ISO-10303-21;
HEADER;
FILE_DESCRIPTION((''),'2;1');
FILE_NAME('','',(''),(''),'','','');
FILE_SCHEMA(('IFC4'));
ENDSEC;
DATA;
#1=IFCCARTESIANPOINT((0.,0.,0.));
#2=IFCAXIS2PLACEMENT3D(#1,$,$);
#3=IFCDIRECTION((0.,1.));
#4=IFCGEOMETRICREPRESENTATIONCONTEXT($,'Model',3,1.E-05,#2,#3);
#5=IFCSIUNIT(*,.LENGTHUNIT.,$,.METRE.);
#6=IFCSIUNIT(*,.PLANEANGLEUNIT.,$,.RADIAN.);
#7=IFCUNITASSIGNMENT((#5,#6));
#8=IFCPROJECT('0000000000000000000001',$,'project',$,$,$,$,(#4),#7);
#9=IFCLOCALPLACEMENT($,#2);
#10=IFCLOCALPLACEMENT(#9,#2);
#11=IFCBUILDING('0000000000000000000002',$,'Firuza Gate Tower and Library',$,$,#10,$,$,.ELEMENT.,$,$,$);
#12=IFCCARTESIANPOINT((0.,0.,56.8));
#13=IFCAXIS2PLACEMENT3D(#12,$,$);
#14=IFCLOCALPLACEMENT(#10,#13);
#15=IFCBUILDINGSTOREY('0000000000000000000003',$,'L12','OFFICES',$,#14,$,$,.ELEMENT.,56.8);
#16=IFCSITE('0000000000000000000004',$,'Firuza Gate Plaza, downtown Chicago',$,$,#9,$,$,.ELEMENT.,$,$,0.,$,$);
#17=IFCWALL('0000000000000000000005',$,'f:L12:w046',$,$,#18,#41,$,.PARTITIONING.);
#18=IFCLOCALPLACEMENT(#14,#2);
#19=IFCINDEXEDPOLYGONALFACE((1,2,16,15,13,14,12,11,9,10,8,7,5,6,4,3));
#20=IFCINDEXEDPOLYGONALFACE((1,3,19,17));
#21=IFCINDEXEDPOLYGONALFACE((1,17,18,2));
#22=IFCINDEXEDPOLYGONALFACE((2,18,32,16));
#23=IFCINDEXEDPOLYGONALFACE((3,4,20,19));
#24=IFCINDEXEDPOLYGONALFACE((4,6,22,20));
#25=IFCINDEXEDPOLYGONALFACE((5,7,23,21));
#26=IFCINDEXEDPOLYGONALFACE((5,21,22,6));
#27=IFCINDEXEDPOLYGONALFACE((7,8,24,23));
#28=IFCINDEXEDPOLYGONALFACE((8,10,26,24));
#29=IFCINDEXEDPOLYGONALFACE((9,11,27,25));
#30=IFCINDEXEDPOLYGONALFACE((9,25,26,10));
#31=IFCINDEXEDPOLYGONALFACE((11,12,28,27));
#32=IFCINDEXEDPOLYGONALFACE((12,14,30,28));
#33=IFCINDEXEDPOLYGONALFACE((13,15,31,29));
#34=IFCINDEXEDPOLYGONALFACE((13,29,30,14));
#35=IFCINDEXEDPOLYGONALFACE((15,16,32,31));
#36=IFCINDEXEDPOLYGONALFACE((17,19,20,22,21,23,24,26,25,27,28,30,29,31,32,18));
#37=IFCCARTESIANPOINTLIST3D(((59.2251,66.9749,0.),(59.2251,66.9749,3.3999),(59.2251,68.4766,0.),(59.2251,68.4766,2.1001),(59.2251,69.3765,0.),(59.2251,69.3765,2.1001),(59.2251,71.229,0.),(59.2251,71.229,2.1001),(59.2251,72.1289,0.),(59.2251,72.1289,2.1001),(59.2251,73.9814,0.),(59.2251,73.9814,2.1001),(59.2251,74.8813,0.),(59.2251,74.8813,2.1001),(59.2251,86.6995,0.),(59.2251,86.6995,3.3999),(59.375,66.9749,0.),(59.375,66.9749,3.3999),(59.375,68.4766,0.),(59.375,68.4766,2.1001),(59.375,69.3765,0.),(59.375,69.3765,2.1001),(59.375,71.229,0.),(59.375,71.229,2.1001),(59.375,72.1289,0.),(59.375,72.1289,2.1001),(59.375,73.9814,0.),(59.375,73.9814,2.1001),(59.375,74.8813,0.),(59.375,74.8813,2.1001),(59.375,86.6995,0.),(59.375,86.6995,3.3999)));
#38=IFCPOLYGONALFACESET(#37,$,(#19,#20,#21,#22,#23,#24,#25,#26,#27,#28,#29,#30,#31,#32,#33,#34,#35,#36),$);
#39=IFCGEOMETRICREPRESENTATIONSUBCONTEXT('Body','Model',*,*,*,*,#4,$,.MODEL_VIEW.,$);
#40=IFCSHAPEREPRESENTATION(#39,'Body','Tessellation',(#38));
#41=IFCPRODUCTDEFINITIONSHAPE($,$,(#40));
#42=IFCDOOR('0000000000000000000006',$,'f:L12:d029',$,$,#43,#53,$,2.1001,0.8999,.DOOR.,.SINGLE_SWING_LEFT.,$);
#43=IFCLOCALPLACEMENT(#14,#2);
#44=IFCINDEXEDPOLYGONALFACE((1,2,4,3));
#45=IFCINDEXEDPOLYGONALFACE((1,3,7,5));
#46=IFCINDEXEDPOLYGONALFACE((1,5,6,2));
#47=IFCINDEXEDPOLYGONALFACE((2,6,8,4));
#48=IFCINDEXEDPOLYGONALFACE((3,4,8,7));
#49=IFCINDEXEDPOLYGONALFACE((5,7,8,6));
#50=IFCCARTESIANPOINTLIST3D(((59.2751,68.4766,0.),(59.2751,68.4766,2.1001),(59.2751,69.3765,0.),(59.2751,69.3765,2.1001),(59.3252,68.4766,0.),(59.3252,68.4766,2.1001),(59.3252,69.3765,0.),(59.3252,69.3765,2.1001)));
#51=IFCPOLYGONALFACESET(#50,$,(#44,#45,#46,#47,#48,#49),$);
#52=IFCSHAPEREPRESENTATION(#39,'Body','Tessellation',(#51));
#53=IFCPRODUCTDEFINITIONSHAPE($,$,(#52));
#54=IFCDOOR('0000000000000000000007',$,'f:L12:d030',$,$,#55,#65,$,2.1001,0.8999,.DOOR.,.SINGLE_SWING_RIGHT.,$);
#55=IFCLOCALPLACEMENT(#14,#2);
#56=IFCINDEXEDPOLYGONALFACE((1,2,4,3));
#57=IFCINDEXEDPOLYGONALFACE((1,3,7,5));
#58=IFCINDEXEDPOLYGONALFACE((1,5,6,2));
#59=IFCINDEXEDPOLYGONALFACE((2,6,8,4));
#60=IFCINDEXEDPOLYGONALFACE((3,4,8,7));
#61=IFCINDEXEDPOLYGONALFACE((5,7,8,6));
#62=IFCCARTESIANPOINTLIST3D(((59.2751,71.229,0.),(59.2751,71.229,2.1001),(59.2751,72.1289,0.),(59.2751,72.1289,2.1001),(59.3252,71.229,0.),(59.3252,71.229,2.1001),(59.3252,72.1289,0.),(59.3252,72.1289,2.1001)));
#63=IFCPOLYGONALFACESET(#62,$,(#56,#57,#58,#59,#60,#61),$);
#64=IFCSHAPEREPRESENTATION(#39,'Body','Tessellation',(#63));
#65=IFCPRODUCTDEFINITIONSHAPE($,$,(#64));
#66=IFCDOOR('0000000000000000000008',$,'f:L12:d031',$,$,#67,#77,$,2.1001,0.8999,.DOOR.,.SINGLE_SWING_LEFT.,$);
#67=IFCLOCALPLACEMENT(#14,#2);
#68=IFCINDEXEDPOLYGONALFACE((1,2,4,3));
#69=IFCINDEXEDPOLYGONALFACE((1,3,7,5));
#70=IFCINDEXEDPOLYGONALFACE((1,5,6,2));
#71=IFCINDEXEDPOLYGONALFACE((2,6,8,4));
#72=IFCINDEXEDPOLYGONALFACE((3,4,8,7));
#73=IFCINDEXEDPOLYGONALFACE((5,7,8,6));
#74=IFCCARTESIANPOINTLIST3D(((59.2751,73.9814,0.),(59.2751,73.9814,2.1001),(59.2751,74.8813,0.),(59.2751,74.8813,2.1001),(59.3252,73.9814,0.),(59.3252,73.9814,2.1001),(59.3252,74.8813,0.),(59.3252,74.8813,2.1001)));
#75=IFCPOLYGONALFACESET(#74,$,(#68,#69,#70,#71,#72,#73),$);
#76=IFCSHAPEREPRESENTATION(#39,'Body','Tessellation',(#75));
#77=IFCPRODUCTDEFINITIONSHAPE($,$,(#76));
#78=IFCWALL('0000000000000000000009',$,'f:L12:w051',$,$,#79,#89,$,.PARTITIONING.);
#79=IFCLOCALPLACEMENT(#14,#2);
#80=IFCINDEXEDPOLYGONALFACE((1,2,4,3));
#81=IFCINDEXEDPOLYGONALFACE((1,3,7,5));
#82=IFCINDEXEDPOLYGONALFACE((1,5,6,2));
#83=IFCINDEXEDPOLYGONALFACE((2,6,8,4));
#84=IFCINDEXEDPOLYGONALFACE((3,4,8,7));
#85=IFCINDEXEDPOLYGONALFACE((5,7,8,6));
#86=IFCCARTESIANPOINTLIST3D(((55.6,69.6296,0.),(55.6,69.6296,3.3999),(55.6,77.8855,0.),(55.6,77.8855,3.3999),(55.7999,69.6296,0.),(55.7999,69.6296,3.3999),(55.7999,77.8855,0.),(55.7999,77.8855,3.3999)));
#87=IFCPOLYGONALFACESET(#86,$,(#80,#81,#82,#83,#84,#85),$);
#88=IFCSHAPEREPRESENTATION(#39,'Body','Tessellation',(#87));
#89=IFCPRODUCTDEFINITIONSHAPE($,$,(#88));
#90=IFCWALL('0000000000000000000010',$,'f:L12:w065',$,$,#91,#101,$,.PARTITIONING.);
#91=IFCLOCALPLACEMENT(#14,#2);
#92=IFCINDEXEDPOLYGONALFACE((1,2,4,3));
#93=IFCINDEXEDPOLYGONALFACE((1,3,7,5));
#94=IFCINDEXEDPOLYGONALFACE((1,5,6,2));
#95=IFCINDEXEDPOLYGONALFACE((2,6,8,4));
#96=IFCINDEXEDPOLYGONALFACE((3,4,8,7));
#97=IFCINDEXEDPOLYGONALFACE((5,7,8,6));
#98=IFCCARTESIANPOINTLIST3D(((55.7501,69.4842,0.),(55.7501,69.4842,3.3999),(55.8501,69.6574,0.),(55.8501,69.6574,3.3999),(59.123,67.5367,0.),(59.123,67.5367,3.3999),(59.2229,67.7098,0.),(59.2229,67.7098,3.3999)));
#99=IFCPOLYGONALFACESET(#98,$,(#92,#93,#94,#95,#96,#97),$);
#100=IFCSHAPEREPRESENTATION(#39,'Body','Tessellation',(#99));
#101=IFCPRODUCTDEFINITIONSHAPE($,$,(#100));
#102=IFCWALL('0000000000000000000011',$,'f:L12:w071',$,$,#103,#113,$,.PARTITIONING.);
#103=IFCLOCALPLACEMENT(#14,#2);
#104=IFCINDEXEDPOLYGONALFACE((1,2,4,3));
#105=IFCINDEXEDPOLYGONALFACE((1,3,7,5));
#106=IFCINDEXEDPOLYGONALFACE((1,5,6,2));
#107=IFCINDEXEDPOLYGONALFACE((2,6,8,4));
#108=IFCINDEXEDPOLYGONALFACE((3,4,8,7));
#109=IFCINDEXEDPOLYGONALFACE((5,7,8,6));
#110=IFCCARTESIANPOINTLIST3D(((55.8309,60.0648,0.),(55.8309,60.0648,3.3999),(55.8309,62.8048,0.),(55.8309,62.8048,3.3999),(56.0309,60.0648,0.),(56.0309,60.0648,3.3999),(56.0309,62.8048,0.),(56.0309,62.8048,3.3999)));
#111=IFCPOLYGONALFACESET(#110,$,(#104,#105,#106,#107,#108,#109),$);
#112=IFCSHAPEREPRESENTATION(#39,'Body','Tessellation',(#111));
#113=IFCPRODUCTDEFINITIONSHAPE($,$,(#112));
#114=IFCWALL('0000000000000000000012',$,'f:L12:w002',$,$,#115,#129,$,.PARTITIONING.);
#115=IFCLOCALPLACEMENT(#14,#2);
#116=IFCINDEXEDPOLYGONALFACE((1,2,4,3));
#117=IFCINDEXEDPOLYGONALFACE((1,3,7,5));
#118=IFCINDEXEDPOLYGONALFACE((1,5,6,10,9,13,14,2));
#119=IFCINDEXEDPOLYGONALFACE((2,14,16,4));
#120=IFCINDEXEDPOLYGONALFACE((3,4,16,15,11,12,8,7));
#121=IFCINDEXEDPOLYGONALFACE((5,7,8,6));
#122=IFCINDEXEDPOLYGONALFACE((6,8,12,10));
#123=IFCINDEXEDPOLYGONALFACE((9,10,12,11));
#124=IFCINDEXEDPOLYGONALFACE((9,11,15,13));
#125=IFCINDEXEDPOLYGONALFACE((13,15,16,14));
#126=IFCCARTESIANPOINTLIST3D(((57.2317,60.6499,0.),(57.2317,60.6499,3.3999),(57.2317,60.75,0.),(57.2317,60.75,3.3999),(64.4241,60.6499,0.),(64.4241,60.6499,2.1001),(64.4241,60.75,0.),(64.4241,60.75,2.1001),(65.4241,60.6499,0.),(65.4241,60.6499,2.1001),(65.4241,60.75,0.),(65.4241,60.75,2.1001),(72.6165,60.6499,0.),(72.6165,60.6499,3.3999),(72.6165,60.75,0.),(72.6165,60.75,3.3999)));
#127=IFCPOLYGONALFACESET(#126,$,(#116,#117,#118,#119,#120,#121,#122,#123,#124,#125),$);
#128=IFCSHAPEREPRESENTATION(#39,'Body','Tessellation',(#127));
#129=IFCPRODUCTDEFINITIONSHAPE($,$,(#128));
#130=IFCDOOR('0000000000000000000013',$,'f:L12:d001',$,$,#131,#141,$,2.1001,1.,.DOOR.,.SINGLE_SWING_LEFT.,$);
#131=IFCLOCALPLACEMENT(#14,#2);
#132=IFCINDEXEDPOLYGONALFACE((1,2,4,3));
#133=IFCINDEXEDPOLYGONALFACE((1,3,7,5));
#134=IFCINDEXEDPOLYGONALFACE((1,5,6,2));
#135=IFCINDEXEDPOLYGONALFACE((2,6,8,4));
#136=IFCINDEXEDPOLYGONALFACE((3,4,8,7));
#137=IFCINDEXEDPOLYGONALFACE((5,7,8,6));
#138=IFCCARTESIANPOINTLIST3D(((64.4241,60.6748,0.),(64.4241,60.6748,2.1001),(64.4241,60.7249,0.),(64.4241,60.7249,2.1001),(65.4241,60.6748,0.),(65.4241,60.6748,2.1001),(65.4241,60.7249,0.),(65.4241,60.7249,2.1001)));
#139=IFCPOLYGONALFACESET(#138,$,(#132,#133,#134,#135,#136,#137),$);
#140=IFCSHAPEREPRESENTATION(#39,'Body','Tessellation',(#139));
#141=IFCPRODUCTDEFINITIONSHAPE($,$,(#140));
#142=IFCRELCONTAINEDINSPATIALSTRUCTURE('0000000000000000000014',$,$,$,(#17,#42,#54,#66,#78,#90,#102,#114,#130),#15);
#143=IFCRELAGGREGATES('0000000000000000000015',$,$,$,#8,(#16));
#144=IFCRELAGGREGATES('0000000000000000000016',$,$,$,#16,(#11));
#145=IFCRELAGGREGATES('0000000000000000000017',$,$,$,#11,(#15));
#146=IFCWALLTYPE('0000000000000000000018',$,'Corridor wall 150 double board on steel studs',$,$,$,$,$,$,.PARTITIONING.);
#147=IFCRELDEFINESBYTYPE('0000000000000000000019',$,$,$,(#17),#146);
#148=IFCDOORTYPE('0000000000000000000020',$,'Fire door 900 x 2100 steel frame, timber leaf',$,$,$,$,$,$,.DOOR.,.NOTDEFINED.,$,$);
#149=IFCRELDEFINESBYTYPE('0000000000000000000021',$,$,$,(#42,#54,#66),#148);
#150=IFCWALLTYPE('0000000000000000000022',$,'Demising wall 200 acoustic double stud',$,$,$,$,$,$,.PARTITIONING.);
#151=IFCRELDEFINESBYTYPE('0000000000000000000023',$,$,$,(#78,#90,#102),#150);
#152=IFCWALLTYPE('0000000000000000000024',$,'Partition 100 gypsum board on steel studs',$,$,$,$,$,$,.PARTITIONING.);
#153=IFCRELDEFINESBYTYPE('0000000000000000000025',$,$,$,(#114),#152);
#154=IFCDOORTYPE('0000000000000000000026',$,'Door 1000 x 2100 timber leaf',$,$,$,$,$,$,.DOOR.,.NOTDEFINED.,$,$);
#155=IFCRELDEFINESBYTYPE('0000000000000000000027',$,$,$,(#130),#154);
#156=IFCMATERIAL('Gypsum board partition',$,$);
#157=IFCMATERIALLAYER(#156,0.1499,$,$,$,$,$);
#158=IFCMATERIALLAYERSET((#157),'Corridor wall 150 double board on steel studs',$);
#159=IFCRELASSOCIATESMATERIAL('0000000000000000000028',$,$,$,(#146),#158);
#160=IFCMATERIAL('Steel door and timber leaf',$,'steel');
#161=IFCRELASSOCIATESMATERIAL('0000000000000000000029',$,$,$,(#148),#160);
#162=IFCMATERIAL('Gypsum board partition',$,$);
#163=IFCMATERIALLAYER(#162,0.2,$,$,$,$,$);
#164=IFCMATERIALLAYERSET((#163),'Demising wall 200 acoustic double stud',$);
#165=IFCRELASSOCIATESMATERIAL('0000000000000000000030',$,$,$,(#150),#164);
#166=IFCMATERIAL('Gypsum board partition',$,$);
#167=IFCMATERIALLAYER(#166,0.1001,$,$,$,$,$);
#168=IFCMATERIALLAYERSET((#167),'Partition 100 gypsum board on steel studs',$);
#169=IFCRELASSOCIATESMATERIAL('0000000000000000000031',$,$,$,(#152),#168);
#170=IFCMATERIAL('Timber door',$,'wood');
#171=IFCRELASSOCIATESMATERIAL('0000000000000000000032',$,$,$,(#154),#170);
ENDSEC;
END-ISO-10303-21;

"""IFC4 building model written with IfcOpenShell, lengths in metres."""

from ifc_helpers import new_model, si_unit, direction, frame, frame_2d, origin, place, context, subcontext, project, spatial, rectangle, extrude, material, layer, layer_set, type_object, element, fill, save


model = new_model("IFC4")

# Units and contexts
model_context = context("Model", 3, precision=1e-05, world=origin(), true_north=direction((0.0, 1.0)))
body_context = subcontext(model_context, "Body", "Model", "MODEL_VIEW")
ifc_project = project(units=[si_unit("LENGTHUNIT", "METRE"), si_unit("PLANEANGLEUNIT", "RADIAN")], contexts=[model_context])

# Site, building, storey
site_placement = place(None, origin())
site = spatial("IfcSite", under=ifc_project, at=site_placement, Name="Firuza Gate Plaza, downtown Chicago", CompositionType="ELEMENT", RefElevation=0.0)
building_placement = place(site_placement, origin())
building = spatial("IfcBuilding", under=site, at=building_placement, Name="Firuza Gate Tower and Library", CompositionType="ELEMENT")
storey_placement = place(building_placement, frame((0.0, 0.0, 56.8)))
storey = spatial("IfcBuildingStorey", under=building, at=storey_placement, Name="L12", Description="OFFICES", CompositionType="ELEMENT", Elevation=56.8)

# Shared definitions
ifc_material_1 = material(Name="Gypsum board partition")
ifc_layer_1 = layer(ifc_material_1, 0.1499)
ifc_layer_set_1 = layer_set([ifc_layer_1], Name="Corridor wall 150 double board on steel studs")
wall_type_1 = type_object("IfcWallType", Name="Corridor wall 150 double board on steel studs", PredefinedType="PARTITIONING", material=ifc_layer_set_1)

# Wall, openings, doors
wall_1_placement = place(storey_placement, frame((59.3, 66.9749, 0.0), z_axis=(0.0, 0.0, 1.0), x_axis=(0.0, 1.0, 0.0)))
wall_1 = element("IfcWall", 1, at=wall_1_placement, inside=storey, type_object=wall_type_1, Name="f:L12:w046", PredefinedType="PARTITIONING", context=body_context, shape_type="SweptSolid", body=[
    extrude(rectangle(XDim=19.7246, YDim=0.1499, at=frame_2d((9.8623, 0.0))), origin(), (0.0, 0.0, 1.0), 3.3999),
])
opening_1_placement = place(wall_1_placement, frame((1.5017, 0.0, 0.0)))
opening_1 = element("IfcOpeningElement", 2, at=opening_1_placement, cuts=wall_1, PredefinedType="OPENING", context=body_context, shape_type="SweptSolid", body=[
    extrude(rectangle(XDim=0.8999, YDim=2.1001, at=frame_2d((0.45, 1.05))), frame((0.0, 0.085, 0.0), z_axis=(0.0, -1.0, 0.0), x_axis=(1.0, 0.0, 0.0)), (0.0, 0.0, 1.0), 0.1699),
])
opening_2_placement = place(wall_1_placement, frame((4.2542, 0.0, 0.0)))
opening_2 = element("IfcOpeningElement", 3, at=opening_2_placement, cuts=wall_1, PredefinedType="OPENING", context=body_context, shape_type="SweptSolid", body=[
    extrude(rectangle(XDim=0.8999, YDim=2.1001, at=frame_2d((0.45, 1.05))), frame((0.0, 0.085, 0.0), z_axis=(0.0, -1.0, 0.0), x_axis=(1.0, 0.0, 0.0)), (0.0, 0.0, 1.0), 0.1699),
])
opening_3_placement = place(wall_1_placement, frame((7.0066, 0.0, 0.0)))
opening_3 = element("IfcOpeningElement", 4, at=opening_3_placement, cuts=wall_1, PredefinedType="OPENING", context=body_context, shape_type="SweptSolid", body=[
    extrude(rectangle(XDim=0.8999, YDim=2.1001, at=frame_2d((0.45, 1.05))), frame((0.0, 0.085, 0.0), z_axis=(0.0, -1.0, 0.0), x_axis=(1.0, 0.0, 0.0)), (0.0, 0.0, 1.0), 0.1699),
])
ifc_material_2 = material(Name="Steel door and timber leaf", Category="steel")
door_type_1 = type_object("IfcDoorType", Name="Fire door 900 x 2100 steel frame, timber leaf", OperationType="NOTDEFINED", PredefinedType="DOOR", material=ifc_material_2)
door_1_placement = place(opening_1_placement, origin())
door_1 = element("IfcDoor", 5, at=door_1_placement, inside=storey, type_object=door_type_1, Name="f:L12:d029", OperationType="SINGLE_SWING_LEFT", OverallHeight=2.1001, OverallWidth=0.8999, PredefinedType="DOOR", context=body_context, shape_type="SweptSolid", body=[
    extrude(rectangle(XDim=0.8999, YDim=2.1001, at=frame_2d((0.45, 1.05))), frame((0.0, 0.0249, 0.0), z_axis=(0.0, -1.0, 0.0), x_axis=(1.0, 0.0, 0.0)), (0.0, 0.0, 1.0), 0.05),
])
fill(opening_1, door_1)
door_2_placement = place(opening_2_placement, origin())
door_2 = element("IfcDoor", 6, at=door_2_placement, inside=storey, type_object=door_type_1, Name="f:L12:d030", OperationType="SINGLE_SWING_RIGHT", OverallHeight=2.1001, OverallWidth=0.8999, PredefinedType="DOOR", context=body_context, shape_type="SweptSolid", body=[
    extrude(rectangle(XDim=0.8999, YDim=2.1001, at=frame_2d((0.45, 1.05))), frame((0.0, 0.0249, 0.0), z_axis=(0.0, -1.0, 0.0), x_axis=(1.0, 0.0, 0.0)), (0.0, 0.0, 1.0), 0.05),
])
fill(opening_2, door_2)
door_3_placement = place(opening_3_placement, origin())
door_3 = element("IfcDoor", 7, at=door_3_placement, inside=storey, type_object=door_type_1, Name="f:L12:d031", OperationType="SINGLE_SWING_LEFT", OverallHeight=2.1001, OverallWidth=0.8999, PredefinedType="DOOR", context=body_context, shape_type="SweptSolid", body=[
    extrude(rectangle(XDim=0.8999, YDim=2.1001, at=frame_2d((0.45, 1.05))), frame((0.0, 0.0249, 0.0), z_axis=(0.0, -1.0, 0.0), x_axis=(1.0, 0.0, 0.0)), (0.0, 0.0, 1.0), 0.05),
])
fill(opening_3, door_3)

# Walls
ifc_material_3 = material(Name="Gypsum board partition")
ifc_layer_2 = layer(ifc_material_3, 0.2)
ifc_layer_set_2 = layer_set([ifc_layer_2], Name="Demising wall 200 acoustic double stud")
wall_type_2 = type_object("IfcWallType", Name="Demising wall 200 acoustic double stud", PredefinedType="PARTITIONING", material=ifc_layer_set_2)
wall_2_placement = place(storey_placement, frame((55.7, 69.6296, 0.0), z_axis=(0.0, 0.0, 1.0), x_axis=(0.0, 1.0, 0.0)))
element("IfcWall", 8, at=wall_2_placement, inside=storey, type_object=wall_type_2, Name="f:L12:w051", PredefinedType="PARTITIONING", context=body_context, shape_type="SweptSolid", body=[
    extrude(rectangle(XDim=8.2559, YDim=0.2, at=frame_2d((4.1279, 0.0))), origin(), (0.0, 0.0, 1.0), 3.3999),
])
wall_3_placement = place(storey_placement, frame((59.1729, 67.6233, 0.0), z_axis=(0.0, 0.0, 1.0), x_axis=(-0.866001, 0.500043, 0.0)))
element("IfcWall", 9, at=wall_3_placement, inside=storey, type_object=wall_type_2, Name="f:L12:w065", PredefinedType="PARTITIONING", context=body_context, shape_type="SweptSolid", body=[
    extrude(rectangle(XDim=3.8948, YDim=0.2, at=frame_2d((1.9473, 0.0))), origin(), (0.0, 0.0, 1.0), 3.3999),
])
wall_4_placement = place(storey_placement, frame((55.9309, 60.0647, 0.0), z_axis=(0.0, 0.0, 1.0), x_axis=(0.0, 1.0, 0.0)))
element("IfcWall", 10, at=wall_4_placement, inside=storey, type_object=wall_type_2, Name="f:L12:w071", PredefinedType="PARTITIONING", context=body_context, shape_type="SweptSolid", body=[
    extrude(rectangle(XDim=2.74, YDim=0.2, at=frame_2d((1.3701, 0.0))), origin(), (0.0, 0.0, 1.0), 3.3999),
])

# Wall, opening, door
ifc_material_4 = material(Name="Gypsum board partition")
ifc_layer_3 = layer(ifc_material_4, 0.1001)
ifc_layer_set_3 = layer_set([ifc_layer_3], Name="Partition 100 gypsum board on steel studs")
wall_type_3 = type_object("IfcWallType", Name="Partition 100 gypsum board on steel studs", PredefinedType="PARTITIONING", material=ifc_layer_set_3)
wall_5_placement = place(storey_placement, frame((57.2317, 60.7, 0.0), z_axis=(0.0, 0.0, 1.0), x_axis=(1.0, 0.0, 0.0)))
wall_5 = element("IfcWall", 11, at=wall_5_placement, inside=storey, type_object=wall_type_3, Name="f:L12:w002", PredefinedType="PARTITIONING", context=body_context, shape_type="SweptSolid", body=[
    extrude(rectangle(XDim=15.3848, YDim=0.1001, at=frame_2d((7.6924, 0.0))), origin(), (0.0, 0.0, 1.0), 3.3999),
])
opening_4_placement = place(wall_5_placement, frame((7.1924, 0.0, 0.0)))
opening_4 = element("IfcOpeningElement", 12, at=opening_4_placement, cuts=wall_5, PredefinedType="OPENING", context=body_context, shape_type="SweptSolid", body=[
    extrude(rectangle(XDim=1.0, YDim=2.1001, at=frame_2d((0.5, 1.05))), frame((0.0, 0.0601, 0.0), z_axis=(0.0, -1.0, 0.0), x_axis=(1.0, 0.0, 0.0)), (0.0, 0.0, 1.0), 0.1201),
])
ifc_material_5 = material(Name="Timber door", Category="wood")
door_type_2 = type_object("IfcDoorType", Name="Door 1000 x 2100 timber leaf", OperationType="NOTDEFINED", PredefinedType="DOOR", material=ifc_material_5)
door_4_placement = place(opening_4_placement, origin())
door_4 = element("IfcDoor", 13, at=door_4_placement, inside=storey, type_object=door_type_2, Name="f:L12:d001", OperationType="SINGLE_SWING_LEFT", OverallHeight=2.1001, OverallWidth=1.0, PredefinedType="DOOR", context=body_context, shape_type="SweptSolid", body=[
    extrude(rectangle(XDim=1.0, YDim=2.1001, at=frame_2d((0.5, 1.05))), frame((0.0, 0.0249, 0.0), z_axis=(0.0, -1.0, 0.0), x_axis=(1.0, 0.0, 0.0)), (0.0, 0.0, 1.0), 0.05),
])
fill(opening_4, door_4)

save(model, "model.ifc")
